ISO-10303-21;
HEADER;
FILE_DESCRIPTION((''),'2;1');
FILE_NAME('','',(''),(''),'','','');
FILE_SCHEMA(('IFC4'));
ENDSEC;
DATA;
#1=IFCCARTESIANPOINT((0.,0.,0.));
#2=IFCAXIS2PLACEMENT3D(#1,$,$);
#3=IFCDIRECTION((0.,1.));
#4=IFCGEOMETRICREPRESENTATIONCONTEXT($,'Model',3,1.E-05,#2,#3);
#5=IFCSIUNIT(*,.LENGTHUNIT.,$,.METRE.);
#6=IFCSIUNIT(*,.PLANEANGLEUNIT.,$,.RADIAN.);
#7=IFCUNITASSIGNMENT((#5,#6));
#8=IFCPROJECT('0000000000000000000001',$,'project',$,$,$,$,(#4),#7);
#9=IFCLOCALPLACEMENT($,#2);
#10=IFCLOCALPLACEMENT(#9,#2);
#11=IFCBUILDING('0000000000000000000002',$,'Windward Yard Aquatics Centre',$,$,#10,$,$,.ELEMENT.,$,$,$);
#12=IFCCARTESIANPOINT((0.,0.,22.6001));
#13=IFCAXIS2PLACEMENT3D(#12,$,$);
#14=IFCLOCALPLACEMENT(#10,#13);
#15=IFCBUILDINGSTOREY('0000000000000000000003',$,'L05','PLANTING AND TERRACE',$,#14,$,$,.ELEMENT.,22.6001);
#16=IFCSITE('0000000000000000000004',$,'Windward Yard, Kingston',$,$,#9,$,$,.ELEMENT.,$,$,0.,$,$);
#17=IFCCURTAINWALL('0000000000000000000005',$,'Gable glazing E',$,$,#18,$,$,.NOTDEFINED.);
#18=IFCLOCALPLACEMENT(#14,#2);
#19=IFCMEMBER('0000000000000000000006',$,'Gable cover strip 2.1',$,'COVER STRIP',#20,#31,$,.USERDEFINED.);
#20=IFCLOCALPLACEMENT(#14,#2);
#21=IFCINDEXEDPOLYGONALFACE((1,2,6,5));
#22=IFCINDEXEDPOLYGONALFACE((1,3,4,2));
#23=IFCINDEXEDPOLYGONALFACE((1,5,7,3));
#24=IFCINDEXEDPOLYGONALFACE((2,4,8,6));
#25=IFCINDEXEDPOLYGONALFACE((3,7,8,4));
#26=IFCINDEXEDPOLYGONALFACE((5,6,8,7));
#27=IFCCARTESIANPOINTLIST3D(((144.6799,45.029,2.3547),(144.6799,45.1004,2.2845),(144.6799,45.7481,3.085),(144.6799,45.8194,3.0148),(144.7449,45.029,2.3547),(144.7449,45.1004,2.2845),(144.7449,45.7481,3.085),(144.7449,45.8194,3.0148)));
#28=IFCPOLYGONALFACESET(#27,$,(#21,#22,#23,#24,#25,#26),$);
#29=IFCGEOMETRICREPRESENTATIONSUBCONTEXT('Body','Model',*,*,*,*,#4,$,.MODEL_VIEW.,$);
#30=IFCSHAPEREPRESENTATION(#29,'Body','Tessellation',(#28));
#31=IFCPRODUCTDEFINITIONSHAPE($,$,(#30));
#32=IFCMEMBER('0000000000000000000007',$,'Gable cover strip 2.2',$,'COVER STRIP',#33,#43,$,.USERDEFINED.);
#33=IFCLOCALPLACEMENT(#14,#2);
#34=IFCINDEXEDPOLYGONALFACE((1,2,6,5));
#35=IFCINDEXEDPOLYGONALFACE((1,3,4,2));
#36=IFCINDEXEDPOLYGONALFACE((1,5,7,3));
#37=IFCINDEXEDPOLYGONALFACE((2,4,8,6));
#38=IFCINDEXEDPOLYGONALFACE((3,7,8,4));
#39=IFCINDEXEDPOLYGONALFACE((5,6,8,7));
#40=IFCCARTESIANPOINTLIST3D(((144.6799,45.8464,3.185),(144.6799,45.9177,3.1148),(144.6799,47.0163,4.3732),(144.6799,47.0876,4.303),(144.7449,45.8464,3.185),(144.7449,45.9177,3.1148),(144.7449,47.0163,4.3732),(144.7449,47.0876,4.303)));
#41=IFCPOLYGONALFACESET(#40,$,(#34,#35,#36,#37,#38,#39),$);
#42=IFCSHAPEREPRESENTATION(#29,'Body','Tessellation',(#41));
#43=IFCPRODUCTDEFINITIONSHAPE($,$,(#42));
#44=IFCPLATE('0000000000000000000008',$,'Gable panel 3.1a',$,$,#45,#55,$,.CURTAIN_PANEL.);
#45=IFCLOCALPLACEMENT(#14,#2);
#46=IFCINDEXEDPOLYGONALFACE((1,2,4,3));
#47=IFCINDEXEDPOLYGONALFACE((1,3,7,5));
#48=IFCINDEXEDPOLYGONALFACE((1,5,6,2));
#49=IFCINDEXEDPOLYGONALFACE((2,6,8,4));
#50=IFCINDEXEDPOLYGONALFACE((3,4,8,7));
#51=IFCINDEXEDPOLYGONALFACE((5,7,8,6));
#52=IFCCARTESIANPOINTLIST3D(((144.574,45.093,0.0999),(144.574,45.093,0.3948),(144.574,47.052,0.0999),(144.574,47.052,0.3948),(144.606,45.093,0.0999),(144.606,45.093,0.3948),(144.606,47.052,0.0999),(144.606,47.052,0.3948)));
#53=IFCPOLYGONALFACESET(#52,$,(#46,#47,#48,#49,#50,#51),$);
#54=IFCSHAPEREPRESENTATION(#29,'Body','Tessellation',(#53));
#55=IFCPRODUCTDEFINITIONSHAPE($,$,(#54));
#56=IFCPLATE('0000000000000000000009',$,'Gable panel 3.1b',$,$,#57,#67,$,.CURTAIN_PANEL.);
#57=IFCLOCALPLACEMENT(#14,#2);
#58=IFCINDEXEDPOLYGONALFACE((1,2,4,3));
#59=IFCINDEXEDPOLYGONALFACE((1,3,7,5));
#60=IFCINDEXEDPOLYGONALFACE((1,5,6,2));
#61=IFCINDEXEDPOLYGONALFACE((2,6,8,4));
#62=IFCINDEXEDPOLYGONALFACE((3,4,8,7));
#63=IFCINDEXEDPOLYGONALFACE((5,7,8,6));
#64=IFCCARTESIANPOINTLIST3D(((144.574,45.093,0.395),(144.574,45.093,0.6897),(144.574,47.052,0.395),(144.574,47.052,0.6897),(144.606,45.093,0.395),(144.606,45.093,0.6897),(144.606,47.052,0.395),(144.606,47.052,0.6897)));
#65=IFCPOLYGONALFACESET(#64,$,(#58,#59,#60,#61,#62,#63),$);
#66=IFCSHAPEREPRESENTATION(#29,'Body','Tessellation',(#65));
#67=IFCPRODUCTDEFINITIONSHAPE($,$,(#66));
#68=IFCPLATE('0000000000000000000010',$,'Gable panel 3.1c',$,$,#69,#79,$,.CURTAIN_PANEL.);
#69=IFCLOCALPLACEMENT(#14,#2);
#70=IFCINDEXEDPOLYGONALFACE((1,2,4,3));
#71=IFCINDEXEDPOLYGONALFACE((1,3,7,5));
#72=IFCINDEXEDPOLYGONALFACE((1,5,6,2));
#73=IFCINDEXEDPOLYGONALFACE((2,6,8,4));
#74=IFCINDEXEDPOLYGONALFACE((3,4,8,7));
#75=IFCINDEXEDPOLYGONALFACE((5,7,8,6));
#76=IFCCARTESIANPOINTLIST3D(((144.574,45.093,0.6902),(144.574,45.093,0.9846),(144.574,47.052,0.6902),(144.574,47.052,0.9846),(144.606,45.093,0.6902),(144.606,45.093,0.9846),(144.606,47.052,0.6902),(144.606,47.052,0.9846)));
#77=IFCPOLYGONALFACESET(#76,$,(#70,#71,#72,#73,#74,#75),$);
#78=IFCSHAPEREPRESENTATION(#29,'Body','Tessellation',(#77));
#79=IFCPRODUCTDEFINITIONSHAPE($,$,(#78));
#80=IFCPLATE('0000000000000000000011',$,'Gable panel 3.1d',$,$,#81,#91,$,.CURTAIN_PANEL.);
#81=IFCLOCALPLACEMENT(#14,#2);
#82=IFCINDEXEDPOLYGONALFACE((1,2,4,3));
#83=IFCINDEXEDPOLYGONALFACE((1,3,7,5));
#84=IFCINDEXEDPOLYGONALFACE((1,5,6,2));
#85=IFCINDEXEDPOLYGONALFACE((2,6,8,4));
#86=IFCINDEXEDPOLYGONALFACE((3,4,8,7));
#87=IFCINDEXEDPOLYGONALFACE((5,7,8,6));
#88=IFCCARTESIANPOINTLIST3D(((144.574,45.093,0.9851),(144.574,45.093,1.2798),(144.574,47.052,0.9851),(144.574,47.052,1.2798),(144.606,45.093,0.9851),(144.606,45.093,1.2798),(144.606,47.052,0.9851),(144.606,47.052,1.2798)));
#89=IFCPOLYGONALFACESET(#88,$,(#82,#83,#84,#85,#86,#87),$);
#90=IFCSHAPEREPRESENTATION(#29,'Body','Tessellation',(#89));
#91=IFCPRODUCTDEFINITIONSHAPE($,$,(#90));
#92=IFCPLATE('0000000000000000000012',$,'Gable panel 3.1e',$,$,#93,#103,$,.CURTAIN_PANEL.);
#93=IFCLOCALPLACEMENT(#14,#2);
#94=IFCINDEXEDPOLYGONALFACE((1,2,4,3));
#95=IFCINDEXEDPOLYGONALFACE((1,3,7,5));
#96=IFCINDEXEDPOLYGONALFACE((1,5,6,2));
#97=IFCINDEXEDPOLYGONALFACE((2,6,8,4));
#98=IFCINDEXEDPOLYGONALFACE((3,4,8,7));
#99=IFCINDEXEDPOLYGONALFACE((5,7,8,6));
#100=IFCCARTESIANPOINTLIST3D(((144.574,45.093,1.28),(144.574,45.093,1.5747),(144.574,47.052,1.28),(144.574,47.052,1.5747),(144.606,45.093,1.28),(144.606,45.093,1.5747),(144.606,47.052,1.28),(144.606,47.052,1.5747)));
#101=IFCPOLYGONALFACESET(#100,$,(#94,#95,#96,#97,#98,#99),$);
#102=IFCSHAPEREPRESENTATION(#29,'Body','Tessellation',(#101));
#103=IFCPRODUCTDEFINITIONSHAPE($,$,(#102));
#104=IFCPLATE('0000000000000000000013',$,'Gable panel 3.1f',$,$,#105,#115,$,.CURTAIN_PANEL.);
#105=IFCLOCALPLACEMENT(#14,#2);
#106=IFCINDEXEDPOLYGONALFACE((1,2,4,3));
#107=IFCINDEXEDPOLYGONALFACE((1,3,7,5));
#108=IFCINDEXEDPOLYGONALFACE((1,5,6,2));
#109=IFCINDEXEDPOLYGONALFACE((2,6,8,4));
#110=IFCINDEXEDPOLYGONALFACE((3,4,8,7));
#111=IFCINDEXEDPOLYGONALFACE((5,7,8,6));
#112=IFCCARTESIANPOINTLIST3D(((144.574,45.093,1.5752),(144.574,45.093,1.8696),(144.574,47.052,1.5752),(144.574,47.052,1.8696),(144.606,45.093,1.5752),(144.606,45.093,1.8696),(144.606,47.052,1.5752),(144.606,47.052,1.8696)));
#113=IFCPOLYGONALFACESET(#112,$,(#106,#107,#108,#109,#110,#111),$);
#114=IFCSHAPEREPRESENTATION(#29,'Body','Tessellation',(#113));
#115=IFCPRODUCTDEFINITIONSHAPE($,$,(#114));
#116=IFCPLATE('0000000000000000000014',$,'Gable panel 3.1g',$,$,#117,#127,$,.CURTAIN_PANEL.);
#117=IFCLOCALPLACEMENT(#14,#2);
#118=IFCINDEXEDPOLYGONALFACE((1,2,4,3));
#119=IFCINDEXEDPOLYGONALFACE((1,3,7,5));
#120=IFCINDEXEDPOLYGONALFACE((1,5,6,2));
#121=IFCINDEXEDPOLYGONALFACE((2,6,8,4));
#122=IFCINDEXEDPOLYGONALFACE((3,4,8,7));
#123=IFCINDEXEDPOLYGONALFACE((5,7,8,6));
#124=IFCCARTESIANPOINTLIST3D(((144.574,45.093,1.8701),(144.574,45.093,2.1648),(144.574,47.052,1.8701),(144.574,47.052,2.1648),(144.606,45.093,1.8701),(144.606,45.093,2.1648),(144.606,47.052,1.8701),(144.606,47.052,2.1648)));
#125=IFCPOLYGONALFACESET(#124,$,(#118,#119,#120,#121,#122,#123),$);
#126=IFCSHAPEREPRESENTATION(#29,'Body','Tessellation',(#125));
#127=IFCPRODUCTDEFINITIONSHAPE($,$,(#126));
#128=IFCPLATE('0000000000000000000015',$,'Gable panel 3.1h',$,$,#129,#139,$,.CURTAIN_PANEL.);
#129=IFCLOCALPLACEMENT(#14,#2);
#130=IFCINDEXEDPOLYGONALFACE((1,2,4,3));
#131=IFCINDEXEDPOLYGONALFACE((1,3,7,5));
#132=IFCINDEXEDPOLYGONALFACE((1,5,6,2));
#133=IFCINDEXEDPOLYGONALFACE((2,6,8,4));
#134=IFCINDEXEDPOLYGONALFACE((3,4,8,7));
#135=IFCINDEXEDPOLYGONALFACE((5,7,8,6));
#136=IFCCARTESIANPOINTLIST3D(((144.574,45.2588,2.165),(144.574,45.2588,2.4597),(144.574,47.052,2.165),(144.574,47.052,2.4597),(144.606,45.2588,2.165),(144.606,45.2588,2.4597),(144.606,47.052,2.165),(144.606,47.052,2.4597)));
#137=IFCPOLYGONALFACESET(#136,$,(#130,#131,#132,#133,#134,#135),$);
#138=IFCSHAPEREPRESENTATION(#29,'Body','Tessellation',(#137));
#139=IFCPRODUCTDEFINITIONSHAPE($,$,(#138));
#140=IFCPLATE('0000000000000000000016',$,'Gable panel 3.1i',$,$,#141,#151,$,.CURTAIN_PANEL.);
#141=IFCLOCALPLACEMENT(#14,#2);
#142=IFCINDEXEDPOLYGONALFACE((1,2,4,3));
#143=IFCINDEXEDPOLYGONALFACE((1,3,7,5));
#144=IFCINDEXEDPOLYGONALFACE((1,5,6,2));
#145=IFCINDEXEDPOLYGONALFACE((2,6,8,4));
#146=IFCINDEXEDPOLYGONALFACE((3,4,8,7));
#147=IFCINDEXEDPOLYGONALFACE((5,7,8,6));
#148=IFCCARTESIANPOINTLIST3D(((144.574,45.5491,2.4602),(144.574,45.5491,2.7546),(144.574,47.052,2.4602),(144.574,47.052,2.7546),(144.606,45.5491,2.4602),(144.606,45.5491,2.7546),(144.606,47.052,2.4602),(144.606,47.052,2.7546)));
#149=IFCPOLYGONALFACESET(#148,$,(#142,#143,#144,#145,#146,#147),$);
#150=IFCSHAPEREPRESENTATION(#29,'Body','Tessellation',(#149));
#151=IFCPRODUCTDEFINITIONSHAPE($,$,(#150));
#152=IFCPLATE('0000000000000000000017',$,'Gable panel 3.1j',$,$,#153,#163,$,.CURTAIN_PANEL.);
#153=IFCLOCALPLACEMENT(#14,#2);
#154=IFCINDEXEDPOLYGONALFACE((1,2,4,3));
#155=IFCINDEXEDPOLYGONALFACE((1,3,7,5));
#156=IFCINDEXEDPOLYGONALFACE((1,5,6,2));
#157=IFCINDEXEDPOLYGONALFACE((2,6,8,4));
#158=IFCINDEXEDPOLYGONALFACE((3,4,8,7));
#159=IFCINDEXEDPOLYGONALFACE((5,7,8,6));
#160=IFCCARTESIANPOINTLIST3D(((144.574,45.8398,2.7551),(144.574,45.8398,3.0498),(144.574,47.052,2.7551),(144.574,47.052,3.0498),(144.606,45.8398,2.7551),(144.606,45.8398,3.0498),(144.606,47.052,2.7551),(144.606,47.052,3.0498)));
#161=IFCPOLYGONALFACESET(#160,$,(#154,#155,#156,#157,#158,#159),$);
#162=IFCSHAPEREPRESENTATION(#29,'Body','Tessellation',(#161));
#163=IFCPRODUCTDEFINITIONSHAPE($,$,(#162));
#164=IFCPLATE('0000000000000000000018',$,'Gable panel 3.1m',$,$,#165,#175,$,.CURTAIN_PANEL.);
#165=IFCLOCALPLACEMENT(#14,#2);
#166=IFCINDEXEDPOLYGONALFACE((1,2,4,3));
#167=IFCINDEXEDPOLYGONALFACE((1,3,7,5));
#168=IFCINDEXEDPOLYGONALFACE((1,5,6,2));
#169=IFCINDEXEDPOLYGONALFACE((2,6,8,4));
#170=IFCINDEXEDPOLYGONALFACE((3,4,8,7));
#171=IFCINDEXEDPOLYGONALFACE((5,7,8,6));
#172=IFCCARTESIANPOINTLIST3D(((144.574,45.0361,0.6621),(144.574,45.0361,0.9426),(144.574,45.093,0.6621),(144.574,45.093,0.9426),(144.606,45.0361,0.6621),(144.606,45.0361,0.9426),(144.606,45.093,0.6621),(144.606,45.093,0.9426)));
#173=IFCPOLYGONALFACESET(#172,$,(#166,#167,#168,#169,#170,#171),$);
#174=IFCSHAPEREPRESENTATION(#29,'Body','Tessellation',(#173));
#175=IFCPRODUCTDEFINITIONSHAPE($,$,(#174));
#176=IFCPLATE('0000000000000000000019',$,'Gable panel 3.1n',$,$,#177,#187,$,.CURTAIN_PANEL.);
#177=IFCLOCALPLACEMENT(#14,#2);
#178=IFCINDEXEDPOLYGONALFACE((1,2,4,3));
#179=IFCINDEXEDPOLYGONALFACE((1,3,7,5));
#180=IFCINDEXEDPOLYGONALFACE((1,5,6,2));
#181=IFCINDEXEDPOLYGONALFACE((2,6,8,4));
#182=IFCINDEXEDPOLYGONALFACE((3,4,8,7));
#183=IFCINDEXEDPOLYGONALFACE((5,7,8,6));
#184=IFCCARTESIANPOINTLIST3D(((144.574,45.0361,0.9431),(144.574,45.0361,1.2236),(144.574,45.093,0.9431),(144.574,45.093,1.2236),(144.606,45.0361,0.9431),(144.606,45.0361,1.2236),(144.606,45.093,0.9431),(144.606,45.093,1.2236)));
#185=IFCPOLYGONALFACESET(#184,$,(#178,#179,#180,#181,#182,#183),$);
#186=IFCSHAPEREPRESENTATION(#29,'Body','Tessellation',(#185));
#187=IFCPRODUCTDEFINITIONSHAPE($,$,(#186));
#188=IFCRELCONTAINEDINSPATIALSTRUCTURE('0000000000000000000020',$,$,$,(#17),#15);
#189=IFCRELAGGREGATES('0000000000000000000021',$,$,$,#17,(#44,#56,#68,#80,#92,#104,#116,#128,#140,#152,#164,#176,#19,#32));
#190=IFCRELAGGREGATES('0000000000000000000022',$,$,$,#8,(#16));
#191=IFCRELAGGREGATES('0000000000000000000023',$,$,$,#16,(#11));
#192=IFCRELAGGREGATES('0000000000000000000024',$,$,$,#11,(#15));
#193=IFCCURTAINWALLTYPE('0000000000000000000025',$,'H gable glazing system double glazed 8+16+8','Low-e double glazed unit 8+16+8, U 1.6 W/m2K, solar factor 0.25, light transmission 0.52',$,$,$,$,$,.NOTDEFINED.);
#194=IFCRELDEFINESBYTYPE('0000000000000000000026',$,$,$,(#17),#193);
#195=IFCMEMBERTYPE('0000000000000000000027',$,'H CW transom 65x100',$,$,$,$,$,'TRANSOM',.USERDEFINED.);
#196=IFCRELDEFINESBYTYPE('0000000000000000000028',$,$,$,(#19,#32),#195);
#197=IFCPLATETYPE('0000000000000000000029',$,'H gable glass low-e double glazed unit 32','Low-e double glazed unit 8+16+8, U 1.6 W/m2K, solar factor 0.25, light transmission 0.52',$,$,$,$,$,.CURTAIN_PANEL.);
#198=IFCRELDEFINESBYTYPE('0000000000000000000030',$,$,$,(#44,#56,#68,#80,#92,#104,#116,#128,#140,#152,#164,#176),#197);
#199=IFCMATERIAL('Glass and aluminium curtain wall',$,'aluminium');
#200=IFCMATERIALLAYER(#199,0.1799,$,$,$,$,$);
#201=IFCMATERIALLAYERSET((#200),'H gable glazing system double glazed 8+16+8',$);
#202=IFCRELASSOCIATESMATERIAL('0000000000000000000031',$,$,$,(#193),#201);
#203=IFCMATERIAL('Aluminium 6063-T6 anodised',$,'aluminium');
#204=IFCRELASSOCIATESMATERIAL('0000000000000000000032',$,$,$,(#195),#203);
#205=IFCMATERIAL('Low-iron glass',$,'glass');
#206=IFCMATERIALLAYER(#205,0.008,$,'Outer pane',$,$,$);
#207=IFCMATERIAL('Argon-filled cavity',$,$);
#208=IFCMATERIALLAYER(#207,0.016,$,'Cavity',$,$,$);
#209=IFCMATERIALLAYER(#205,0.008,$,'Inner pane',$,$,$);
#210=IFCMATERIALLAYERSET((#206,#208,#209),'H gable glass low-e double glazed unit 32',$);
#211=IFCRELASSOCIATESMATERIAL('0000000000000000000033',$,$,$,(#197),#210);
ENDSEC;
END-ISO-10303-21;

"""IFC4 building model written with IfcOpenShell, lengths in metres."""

from ifc_helpers import new_model, si_unit, direction, frame, origin, origin_2d, place, context, subcontext, project, spatial, polyline, rectangle, outline, extrude, material, layer, layer_set, material_profile, profile_set, type_object, element, aggregate, save


model = new_model("IFC4")

# Units and contexts
model_context = context("Model", 3, precision=1e-05, world=origin(), true_north=direction((0.0, 1.0)))
body_context = subcontext(model_context, "Body", "Model", "MODEL_VIEW")
ifc_project = project(units=[si_unit("LENGTHUNIT", "METRE"), si_unit("PLANEANGLEUNIT", "RADIAN")], contexts=[model_context])

# Site, building, storey
site_placement = place(None, origin())
site = spatial("IfcSite", under=ifc_project, at=site_placement, Name="Windward Yard, Kingston", CompositionType="ELEMENT", RefElevation=0.0)
building_placement = place(site_placement, origin())
building = spatial("IfcBuilding", under=site, at=building_placement, Name="Windward Yard Aquatics Centre", CompositionType="ELEMENT")
storey_placement = place(building_placement, frame((0.0, 0.0, 22.6001)))
storey = spatial("IfcBuildingStorey", under=building, at=storey_placement, Name="L05", Description="PLANTING AND TERRACE", CompositionType="ELEMENT", Elevation=22.6001)

# Curtain wall, members, plates
ifc_material_1 = material(Name="Glass and aluminium curtain wall", Category="aluminium")
ifc_layer_1 = layer(ifc_material_1, 0.1799)
ifc_layer_set_1 = layer_set([ifc_layer_1], Name="H gable glazing system double glazed 8+16+8")
curtain_wall_type = type_object("IfcCurtainWallType", Name="H gable glazing system double glazed 8+16+8", Description="Low-e double glazed unit 8+16+8, U 1.6 W/m2K, solar factor 0.25, light transmission 0.52", PredefinedType="NOTDEFINED", material=ifc_layer_set_1)
curtain_wall_placement = place(storey_placement, origin())
curtain_wall = element("IfcCurtainWall", 1, at=curtain_wall_placement, inside=storey, type_object=curtain_wall_type, Name="Gable glazing E", PredefinedType="NOTDEFINED")
ifc_material_2 = material(Name="Aluminium 6063-T6 anodised", Category="aluminium")
ifc_material_profile = material_profile(ifc_material_2, rectangle(XDim=0.0649, YDim=0.1001, at=origin_2d()), Name="H CW transom 65x100")
ifc_profile_set = profile_set([ifc_material_profile], Name="Aluminium 6063-T6 anodised")
member_type = type_object("IfcMemberType", Name="H CW transom 65x100", ElementType="TRANSOM", PredefinedType="USERDEFINED", material=ifc_profile_set)
member_1_placement = place(storey_placement, frame((144.7124, 45.0647, 2.3196), z_axis=(0.0, 0.701606, 0.712565), x_axis=(-1.0, 0.0, 0.0)))
member_1 = element("IfcMember", 2, at=member_1_placement, type_object=member_type, Name="Gable cover strip 2.1", ObjectType="COVER STRIP", PredefinedType="USERDEFINED", context=body_context, shape_type="SweptSolid", body=[
    extrude(rectangle(XDim=0.0649, YDim=0.1001, at=origin_2d()), origin(), (0.0, 0.0, 1.0), 1.0249),
])
member_2_placement = place(storey_placement, frame((144.7124, 45.8821, 3.1499), z_axis=(0.0, 0.701595, 0.712576), x_axis=(-1.0, 0.0, 0.0)))
member_2 = element("IfcMember", 3, at=member_2_placement, type_object=member_type, Name="Gable cover strip 2.2", ObjectType="COVER STRIP", PredefinedType="USERDEFINED", context=body_context, shape_type="SweptSolid", body=[
    extrude(rectangle(XDim=0.0649, YDim=0.1001, at=origin_2d()), origin(), (0.0, 0.0, 1.0), 1.6675),
])
ifc_material_3 = material(Name="Low-iron glass", Category="glass")
ifc_layer_2 = layer(ifc_material_3, 0.008, Name="Outer pane")
ifc_material_4 = material(Name="Argon-filled cavity")
ifc_layer_3 = layer(ifc_material_4, 0.016, Name="Cavity")
ifc_layer_4 = layer(ifc_material_3, 0.008, Name="Inner pane")
ifc_layer_set_2 = layer_set([ifc_layer_2, ifc_layer_3, ifc_layer_4], Name="H gable glass low-e double glazed unit 32")
plate_type = type_object("IfcPlateType", Name="H gable glass low-e double glazed unit 32", Description="Low-e double glazed unit 8+16+8, U 1.6 W/m2K, solar factor 0.25, light transmission 0.52", PredefinedType="CURTAIN_PANEL", material=ifc_layer_set_2)
plate_1_placement = place(storey_placement, frame((144.606, 45.093, 0.0999), z_axis=(1.0, 0.0, 0.0), x_axis=(0.0, 1.0, 0.0)))
plate_1 = element("IfcPlate", 4, at=plate_1_placement, type_object=plate_type, Name="Gable panel 3.1a", PredefinedType="CURTAIN_PANEL", context=body_context, shape_type="SweptSolid", body=[
    extrude(outline(polyline([(0.0, 0.0), (1.959, 0.0), (1.959, 0.2949), (0.0, 0.2949), (0.0, 0.0)])), origin(), (0.0, 0.0, -1.0), 0.032),
])
plate_2_placement = place(storey_placement, frame((144.606, 45.093, 0.395), z_axis=(1.0, 0.0, 0.0), x_axis=(0.0, 1.0, 0.0)))
plate_2 = element("IfcPlate", 5, at=plate_2_placement, type_object=plate_type, Name="Gable panel 3.1b", PredefinedType="CURTAIN_PANEL", context=body_context, shape_type="SweptSolid", body=[
    extrude(outline(polyline([(0.0, 0.0), (1.959, 0.0), (1.959, 0.2947), (0.0, 0.2947), (0.0, 0.0)])), origin(), (0.0, 0.0, -1.0), 0.032),
])
plate_3_placement = place(storey_placement, frame((144.606, 45.093, 0.6902), z_axis=(1.0, 0.0, 0.0), x_axis=(0.0, 1.0, 0.0)))
plate_3 = element("IfcPlate", 6, at=plate_3_placement, type_object=plate_type, Name="Gable panel 3.1c", PredefinedType="CURTAIN_PANEL", context=body_context, shape_type="SweptSolid", body=[
    extrude(outline(polyline([(0.0, 0.0), (1.959, 0.0), (1.959, 0.2944), (0.0, 0.2944), (0.0, 0.0)])), origin(), (0.0, 0.0, -1.0), 0.032),
])
plate_4_placement = place(storey_placement, frame((144.606, 45.093, 0.9851), z_axis=(1.0, 0.0, 0.0), x_axis=(0.0, 1.0, 0.0)))
plate_4 = element("IfcPlate", 7, at=plate_4_placement, type_object=plate_type, Name="Gable panel 3.1d", PredefinedType="CURTAIN_PANEL", context=body_context, shape_type="SweptSolid", body=[
    extrude(outline(polyline([(0.0, 0.0), (1.959, 0.0), (1.959, 0.2947), (0.0, 0.2947), (0.0, 0.0)])), origin(), (0.0, 0.0, -1.0), 0.032),
])
plate_5_placement = place(storey_placement, frame((144.606, 45.093, 1.28), z_axis=(1.0, 0.0, 0.0), x_axis=(0.0, 1.0, 0.0)))
plate_5 = element("IfcPlate", 8, at=plate_5_placement, type_object=plate_type, Name="Gable panel 3.1e", PredefinedType="CURTAIN_PANEL", context=body_context, shape_type="SweptSolid", body=[
    extrude(outline(polyline([(0.0, 0.0), (1.959, 0.0), (1.959, 0.2947), (0.0, 0.2947), (0.0, 0.0)])), origin(), (0.0, 0.0, -1.0), 0.032),
])
plate_6_placement = place(storey_placement, frame((144.606, 45.093, 1.5752), z_axis=(1.0, 0.0, 0.0), x_axis=(0.0, 1.0, 0.0)))
plate_6 = element("IfcPlate", 9, at=plate_6_placement, type_object=plate_type, Name="Gable panel 3.1f", PredefinedType="CURTAIN_PANEL", context=body_context, shape_type="SweptSolid", body=[
    extrude(outline(polyline([(0.0, 0.0), (1.959, 0.0), (1.959, 0.2944), (0.0, 0.2944), (0.0, 0.0)])), origin(), (0.0, 0.0, -1.0), 0.032),
])
plate_7_placement = place(storey_placement, frame((144.606, 45.093, 1.8701), z_axis=(1.0, 0.0, 0.0), x_axis=(0.0, 1.0, 0.0)))
plate_7 = element("IfcPlate", 10, at=plate_7_placement, type_object=plate_type, Name="Gable panel 3.1g", PredefinedType="CURTAIN_PANEL", context=body_context, shape_type="SweptSolid", body=[
    extrude(outline(polyline([(0.0, 0.0), (1.959, 0.0), (1.959, 0.2947), (0.0, 0.2947), (0.0, 0.0)])), origin(), (0.0, 0.0, -1.0), 0.032),
])
plate_8_placement = place(storey_placement, frame((144.606, 45.2588, 2.165), z_axis=(1.0, 0.0, 0.0), x_axis=(0.0, 1.0, 0.0)))
plate_8 = element("IfcPlate", 11, at=plate_8_placement, type_object=plate_type, Name="Gable panel 3.1h", PredefinedType="CURTAIN_PANEL", context=body_context, shape_type="SweptSolid", body=[
    extrude(outline(polyline([(0.0, 0.0), (1.7932, 0.0), (1.7932, 0.2947), (0.0, 0.2947), (0.0, 0.0)])), origin(), (0.0, 0.0, -1.0), 0.032),
])
plate_9_placement = place(storey_placement, frame((144.606, 45.5491, 2.4602), z_axis=(1.0, 0.0, 0.0), x_axis=(0.0, 1.0, 0.0)))
plate_9 = element("IfcPlate", 12, at=plate_9_placement, type_object=plate_type, Name="Gable panel 3.1i", PredefinedType="CURTAIN_PANEL", context=body_context, shape_type="SweptSolid", body=[
    extrude(outline(polyline([(0.0, 0.0), (1.5029, 0.0), (1.5029, 0.2944), (0.0, 0.2944), (0.0, 0.0)])), origin(), (0.0, 0.0, -1.0), 0.032),
])
plate_10_placement = place(storey_placement, frame((144.606, 45.8398, 2.7551), z_axis=(1.0, 0.0, 0.0), x_axis=(0.0, 1.0, 0.0)))
plate_10 = element("IfcPlate", 13, at=plate_10_placement, type_object=plate_type, Name="Gable panel 3.1j", PredefinedType="CURTAIN_PANEL", context=body_context, shape_type="SweptSolid", body=[
    extrude(outline(polyline([(0.0, 0.0), (1.2122, 0.0), (1.2122, 0.2947), (0.0, 0.2947), (0.0, 0.0)])), origin(), (0.0, 0.0, -1.0), 0.032),
])
plate_11_placement = place(storey_placement, frame((144.606, 45.0361, 0.6621), z_axis=(1.0, 0.0, 0.0), x_axis=(0.0, 1.0, 0.0)))
plate_11 = element("IfcPlate", 14, at=plate_11_placement, type_object=plate_type, Name="Gable panel 3.1m", PredefinedType="CURTAIN_PANEL", context=body_context, shape_type="SweptSolid", body=[
    extrude(outline(polyline([(0.0, 0.0), (0.0569, 0.0), (0.0569, 0.2805), (0.0, 0.2805), (0.0, 0.0)])), origin(), (0.0, 0.0, -1.0), 0.032),
])
plate_12_placement = place(storey_placement, frame((144.606, 45.0361, 0.9431), z_axis=(1.0, 0.0, 0.0), x_axis=(0.0, 1.0, 0.0)))
plate_12 = element("IfcPlate", 15, at=plate_12_placement, type_object=plate_type, Name="Gable panel 3.1n", PredefinedType="CURTAIN_PANEL", context=body_context, shape_type="SweptSolid", body=[
    extrude(outline(polyline([(0.0, 0.0), (0.0569, 0.0), (0.0569, 0.2805), (0.0, 0.2805), (0.0, 0.0)])), origin(), (0.0, 0.0, -1.0), 0.032),
])
aggregate(curtain_wall, [plate_1, plate_2, plate_3, plate_4, plate_5, plate_6, plate_7, plate_8, plate_9, plate_10, plate_11, plate_12, member_1, member_2])

save(model, "model.ifc")
